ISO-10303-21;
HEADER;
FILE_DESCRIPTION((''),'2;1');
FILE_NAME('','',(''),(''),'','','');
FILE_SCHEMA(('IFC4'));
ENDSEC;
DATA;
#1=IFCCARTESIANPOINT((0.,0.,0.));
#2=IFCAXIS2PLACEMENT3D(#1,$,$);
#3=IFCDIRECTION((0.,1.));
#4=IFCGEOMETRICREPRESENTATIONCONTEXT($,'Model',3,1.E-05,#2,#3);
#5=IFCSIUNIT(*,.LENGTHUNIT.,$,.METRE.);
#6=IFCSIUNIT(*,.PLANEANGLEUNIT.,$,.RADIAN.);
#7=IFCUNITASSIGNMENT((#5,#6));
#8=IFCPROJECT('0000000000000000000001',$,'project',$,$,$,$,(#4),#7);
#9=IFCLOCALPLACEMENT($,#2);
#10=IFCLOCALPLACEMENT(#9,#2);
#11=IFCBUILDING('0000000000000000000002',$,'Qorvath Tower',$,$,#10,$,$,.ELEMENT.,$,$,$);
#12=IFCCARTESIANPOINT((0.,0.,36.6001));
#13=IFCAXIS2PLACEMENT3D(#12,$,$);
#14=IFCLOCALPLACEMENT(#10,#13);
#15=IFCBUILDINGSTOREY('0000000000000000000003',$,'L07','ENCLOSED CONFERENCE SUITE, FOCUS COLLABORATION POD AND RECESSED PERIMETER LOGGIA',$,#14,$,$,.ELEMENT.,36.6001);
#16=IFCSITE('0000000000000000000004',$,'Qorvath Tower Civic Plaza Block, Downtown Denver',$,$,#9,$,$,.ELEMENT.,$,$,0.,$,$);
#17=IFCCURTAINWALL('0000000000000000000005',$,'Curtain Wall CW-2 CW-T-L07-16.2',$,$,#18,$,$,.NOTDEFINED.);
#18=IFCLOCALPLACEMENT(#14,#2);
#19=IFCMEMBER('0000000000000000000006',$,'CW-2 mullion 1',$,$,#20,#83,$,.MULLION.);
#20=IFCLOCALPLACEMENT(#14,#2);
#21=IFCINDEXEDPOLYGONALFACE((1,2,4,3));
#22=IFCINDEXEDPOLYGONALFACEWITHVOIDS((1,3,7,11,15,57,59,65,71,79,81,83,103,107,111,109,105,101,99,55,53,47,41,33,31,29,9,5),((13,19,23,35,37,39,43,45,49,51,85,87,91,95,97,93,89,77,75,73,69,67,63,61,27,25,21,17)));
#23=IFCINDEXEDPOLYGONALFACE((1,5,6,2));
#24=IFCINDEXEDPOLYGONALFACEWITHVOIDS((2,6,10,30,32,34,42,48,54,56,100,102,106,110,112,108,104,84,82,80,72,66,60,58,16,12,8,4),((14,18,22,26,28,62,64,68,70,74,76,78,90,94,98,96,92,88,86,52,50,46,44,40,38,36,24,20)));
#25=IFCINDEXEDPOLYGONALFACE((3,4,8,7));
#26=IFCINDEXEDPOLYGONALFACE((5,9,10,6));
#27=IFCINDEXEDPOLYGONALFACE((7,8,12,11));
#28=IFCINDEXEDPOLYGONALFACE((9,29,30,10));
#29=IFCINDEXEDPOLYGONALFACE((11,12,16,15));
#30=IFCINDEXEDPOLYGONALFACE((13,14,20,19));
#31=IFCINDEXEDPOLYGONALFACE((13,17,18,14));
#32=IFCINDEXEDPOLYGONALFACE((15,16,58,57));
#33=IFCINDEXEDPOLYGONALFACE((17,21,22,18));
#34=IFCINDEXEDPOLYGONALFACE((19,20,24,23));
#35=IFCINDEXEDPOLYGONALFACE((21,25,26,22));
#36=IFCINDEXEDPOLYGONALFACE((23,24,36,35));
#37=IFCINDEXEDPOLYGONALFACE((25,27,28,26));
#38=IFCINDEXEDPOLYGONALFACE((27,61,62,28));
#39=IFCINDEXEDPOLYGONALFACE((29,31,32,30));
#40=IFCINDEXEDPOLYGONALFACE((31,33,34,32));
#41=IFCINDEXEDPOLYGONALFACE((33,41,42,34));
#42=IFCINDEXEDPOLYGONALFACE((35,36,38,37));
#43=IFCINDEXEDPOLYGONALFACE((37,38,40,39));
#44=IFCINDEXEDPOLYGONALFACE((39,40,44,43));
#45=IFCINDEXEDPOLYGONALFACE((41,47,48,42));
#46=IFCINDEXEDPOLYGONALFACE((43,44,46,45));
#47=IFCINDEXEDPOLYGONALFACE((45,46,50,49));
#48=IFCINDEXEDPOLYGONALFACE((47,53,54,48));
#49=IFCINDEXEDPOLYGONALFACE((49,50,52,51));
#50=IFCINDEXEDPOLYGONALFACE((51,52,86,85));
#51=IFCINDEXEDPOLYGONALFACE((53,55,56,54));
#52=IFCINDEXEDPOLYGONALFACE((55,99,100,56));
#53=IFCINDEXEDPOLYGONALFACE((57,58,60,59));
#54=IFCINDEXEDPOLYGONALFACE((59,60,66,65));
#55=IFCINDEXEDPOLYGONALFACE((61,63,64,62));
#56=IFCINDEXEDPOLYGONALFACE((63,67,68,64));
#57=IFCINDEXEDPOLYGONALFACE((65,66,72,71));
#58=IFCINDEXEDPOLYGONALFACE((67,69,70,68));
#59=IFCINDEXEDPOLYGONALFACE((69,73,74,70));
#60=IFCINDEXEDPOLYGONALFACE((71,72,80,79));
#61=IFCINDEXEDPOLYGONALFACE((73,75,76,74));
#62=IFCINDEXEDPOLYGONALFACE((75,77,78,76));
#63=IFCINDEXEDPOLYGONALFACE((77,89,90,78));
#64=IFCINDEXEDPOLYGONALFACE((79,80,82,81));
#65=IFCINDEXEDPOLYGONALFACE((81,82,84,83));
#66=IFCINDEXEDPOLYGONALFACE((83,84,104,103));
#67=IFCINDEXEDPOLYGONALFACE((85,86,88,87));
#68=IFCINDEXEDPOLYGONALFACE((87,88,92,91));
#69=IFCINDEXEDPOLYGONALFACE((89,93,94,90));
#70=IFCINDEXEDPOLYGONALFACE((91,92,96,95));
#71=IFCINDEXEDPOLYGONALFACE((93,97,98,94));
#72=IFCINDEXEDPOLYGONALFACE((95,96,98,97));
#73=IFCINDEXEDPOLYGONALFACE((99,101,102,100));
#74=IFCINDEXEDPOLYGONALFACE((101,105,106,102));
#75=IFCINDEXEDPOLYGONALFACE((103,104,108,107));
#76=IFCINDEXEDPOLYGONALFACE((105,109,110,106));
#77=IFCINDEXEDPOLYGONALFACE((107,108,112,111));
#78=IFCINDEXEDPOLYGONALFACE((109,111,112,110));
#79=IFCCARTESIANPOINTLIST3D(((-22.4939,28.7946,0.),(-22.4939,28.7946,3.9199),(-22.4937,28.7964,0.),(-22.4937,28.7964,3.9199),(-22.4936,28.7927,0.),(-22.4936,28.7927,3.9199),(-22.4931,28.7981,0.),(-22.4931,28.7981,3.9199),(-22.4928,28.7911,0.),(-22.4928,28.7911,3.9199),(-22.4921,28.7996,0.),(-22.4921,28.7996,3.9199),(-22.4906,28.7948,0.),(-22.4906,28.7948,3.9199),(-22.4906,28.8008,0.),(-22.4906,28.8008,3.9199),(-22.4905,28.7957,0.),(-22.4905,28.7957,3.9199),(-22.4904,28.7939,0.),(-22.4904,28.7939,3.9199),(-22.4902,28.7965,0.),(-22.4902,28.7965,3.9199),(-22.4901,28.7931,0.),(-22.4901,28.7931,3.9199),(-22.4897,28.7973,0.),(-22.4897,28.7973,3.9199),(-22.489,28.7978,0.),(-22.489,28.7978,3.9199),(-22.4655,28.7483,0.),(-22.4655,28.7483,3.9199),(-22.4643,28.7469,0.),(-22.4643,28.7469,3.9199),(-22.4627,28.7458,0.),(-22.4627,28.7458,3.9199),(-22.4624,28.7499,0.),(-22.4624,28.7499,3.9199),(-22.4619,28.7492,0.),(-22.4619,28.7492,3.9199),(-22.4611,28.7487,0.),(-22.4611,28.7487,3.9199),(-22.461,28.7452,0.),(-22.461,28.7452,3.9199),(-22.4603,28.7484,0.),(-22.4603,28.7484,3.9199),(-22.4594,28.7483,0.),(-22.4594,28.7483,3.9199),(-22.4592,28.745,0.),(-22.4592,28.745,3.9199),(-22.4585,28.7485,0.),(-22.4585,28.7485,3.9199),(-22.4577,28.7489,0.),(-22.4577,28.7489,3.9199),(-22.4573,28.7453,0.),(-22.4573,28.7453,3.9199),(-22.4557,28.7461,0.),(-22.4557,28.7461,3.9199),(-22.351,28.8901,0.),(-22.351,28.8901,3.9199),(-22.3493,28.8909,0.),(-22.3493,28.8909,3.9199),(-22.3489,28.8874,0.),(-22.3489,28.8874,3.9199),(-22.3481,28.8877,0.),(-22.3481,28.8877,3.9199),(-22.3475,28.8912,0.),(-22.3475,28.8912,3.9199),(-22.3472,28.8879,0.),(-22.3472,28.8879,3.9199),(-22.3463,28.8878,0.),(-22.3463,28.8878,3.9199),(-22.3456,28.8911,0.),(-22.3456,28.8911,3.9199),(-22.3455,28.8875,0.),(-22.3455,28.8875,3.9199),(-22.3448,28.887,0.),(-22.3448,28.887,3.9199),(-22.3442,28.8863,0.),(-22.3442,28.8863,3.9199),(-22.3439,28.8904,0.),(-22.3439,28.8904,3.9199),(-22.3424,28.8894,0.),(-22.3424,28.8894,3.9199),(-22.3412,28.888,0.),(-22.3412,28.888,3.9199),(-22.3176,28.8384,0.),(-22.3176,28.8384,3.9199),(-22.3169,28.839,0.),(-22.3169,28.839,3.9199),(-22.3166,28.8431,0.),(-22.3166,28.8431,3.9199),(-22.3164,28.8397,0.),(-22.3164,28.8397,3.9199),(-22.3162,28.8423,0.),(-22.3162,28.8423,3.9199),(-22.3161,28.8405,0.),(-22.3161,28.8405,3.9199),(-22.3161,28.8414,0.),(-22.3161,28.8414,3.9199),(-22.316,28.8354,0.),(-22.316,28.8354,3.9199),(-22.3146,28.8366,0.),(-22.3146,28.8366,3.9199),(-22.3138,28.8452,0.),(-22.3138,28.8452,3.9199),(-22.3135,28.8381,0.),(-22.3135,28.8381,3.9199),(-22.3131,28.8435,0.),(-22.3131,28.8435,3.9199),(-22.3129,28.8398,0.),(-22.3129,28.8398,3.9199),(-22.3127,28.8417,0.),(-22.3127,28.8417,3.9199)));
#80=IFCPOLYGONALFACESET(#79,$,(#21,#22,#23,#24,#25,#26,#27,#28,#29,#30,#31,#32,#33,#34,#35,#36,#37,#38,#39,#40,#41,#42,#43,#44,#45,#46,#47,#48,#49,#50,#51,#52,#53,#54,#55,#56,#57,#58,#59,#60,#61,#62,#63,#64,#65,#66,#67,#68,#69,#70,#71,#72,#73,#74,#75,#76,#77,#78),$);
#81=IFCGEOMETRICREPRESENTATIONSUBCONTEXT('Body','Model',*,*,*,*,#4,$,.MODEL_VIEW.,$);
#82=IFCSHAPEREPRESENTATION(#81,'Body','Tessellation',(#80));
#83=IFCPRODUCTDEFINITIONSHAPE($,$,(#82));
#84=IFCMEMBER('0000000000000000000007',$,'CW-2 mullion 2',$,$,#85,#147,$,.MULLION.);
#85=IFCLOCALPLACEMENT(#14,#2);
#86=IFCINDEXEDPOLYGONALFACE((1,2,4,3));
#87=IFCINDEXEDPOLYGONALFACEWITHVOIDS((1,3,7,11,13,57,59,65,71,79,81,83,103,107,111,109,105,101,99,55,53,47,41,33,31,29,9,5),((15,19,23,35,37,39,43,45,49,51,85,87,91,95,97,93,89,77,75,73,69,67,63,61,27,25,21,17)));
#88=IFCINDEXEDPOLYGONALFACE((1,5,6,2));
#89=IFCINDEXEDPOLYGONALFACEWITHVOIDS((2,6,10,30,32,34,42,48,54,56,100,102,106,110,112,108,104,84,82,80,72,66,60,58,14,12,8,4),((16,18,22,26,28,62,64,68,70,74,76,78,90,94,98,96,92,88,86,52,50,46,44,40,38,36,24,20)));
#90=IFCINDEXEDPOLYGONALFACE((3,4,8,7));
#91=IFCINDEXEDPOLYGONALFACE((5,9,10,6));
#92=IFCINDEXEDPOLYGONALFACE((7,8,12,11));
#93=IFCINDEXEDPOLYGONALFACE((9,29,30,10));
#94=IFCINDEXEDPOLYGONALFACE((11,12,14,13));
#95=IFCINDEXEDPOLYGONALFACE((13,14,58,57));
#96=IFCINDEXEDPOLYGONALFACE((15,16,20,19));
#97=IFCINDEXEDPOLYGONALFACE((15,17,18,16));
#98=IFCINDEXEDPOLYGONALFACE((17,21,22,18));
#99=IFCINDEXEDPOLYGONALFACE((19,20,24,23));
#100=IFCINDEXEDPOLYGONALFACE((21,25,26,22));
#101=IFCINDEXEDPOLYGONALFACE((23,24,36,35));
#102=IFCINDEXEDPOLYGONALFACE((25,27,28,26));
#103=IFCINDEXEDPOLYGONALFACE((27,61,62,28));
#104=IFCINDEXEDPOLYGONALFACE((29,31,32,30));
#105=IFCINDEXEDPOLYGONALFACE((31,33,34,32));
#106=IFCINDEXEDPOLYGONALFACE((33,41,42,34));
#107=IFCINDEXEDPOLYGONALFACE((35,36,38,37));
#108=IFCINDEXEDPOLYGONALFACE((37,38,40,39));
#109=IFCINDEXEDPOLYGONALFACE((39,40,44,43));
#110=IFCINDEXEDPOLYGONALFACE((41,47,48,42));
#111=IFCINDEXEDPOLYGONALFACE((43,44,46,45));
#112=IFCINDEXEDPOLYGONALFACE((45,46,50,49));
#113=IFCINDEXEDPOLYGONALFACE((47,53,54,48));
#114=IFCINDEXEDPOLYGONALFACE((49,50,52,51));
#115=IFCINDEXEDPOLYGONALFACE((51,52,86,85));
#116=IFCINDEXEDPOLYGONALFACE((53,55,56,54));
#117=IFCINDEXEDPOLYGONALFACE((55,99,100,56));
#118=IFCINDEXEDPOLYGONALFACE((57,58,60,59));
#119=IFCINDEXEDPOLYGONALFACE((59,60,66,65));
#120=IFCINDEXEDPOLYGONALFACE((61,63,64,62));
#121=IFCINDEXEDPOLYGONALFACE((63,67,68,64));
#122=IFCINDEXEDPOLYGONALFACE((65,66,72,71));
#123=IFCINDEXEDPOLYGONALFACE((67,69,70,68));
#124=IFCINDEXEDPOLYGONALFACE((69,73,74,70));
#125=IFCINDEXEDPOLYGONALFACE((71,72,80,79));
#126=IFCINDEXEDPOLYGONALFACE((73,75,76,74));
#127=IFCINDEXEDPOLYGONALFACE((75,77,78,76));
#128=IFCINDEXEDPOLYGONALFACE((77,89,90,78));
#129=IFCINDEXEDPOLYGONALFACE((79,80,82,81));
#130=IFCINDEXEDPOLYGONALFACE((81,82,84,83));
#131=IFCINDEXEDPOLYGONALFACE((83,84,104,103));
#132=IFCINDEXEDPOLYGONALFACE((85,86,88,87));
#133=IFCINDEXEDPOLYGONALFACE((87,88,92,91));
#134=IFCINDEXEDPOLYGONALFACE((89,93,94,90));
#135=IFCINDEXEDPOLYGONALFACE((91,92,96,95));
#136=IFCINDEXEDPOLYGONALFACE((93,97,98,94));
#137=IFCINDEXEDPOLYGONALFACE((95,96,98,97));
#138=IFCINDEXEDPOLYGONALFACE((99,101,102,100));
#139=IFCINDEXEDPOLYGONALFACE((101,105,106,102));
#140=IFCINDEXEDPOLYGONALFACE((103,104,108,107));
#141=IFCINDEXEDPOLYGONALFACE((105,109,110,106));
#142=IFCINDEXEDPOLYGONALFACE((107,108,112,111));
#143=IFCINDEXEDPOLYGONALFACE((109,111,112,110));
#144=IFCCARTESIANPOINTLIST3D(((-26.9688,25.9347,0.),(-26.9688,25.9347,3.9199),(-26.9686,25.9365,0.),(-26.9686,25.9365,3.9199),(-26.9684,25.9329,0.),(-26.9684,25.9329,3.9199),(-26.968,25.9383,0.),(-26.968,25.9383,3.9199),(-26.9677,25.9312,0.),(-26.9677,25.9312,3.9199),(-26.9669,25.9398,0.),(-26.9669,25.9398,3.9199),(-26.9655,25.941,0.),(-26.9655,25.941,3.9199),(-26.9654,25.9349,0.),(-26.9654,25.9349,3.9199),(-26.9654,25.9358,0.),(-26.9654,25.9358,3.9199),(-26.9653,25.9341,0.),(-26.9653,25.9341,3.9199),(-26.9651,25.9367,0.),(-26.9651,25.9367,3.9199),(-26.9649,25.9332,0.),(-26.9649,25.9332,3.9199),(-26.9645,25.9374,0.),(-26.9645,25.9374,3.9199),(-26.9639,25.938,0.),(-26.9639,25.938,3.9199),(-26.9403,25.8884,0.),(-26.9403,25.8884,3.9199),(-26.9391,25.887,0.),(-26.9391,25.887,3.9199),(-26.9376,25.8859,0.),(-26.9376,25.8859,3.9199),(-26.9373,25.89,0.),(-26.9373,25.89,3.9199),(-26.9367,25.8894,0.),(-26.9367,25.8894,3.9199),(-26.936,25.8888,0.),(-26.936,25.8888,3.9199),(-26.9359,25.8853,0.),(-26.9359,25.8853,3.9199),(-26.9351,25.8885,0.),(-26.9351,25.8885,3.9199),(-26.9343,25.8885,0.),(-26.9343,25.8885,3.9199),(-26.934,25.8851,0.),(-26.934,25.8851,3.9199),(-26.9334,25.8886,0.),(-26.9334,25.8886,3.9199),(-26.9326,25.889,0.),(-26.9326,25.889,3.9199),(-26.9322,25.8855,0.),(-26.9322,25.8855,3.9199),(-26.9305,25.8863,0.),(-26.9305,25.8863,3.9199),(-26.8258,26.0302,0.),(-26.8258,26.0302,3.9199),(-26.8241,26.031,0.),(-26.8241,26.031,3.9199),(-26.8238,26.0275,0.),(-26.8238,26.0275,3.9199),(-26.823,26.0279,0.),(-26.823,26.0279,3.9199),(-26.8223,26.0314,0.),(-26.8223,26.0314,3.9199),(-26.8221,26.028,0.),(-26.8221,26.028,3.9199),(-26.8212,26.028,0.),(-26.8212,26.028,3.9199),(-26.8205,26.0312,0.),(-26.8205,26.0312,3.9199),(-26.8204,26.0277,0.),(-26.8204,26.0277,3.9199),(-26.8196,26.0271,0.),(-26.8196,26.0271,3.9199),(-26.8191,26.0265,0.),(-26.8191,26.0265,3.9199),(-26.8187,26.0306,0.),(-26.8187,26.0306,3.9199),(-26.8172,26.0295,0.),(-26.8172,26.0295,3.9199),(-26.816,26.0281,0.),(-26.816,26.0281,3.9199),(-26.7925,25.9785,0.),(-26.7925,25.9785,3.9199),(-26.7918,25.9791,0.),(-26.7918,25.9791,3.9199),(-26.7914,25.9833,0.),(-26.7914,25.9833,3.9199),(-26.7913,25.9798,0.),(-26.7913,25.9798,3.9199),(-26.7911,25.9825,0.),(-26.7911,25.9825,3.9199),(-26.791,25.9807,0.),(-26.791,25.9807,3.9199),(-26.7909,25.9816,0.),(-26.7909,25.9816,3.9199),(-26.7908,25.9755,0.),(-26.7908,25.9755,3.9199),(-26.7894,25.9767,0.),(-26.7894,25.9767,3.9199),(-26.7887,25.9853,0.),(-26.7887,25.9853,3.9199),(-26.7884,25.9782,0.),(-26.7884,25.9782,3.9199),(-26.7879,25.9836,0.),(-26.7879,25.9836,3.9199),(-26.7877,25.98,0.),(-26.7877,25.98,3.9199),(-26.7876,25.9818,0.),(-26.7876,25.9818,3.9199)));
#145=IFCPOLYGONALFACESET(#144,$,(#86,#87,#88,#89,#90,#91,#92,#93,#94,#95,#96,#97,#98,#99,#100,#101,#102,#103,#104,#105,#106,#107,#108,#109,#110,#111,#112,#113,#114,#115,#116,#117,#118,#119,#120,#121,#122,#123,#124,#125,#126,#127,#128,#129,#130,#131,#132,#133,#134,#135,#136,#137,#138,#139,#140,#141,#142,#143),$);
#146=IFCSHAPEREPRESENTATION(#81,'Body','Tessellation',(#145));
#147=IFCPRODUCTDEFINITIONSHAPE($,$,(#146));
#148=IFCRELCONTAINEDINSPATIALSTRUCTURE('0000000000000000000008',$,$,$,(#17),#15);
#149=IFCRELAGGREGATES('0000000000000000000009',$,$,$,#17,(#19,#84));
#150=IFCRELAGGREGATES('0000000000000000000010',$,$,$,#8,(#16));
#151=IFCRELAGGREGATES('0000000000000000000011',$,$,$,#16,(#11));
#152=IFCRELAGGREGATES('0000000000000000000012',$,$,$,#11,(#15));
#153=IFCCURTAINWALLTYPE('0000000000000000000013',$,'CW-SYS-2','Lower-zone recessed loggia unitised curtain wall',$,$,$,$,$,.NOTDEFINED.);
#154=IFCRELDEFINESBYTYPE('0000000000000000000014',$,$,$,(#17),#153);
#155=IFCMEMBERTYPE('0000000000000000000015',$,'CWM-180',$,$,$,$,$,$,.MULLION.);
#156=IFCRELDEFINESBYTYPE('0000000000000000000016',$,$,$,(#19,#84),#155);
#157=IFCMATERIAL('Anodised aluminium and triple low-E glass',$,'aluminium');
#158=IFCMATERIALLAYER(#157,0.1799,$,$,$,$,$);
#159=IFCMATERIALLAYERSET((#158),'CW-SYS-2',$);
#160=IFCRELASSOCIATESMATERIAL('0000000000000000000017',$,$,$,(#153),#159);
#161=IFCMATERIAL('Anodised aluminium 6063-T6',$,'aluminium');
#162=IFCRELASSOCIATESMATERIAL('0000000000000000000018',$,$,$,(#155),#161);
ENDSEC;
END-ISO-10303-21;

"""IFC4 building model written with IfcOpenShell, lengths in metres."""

from ifc_helpers import new_model, si_unit, direction, frame, origin, origin_2d, place, context, subcontext, project, spatial, hollow_rectangle, extrude, material, layer, layer_set, material_profile, profile_set, type_object, element, aggregate, save


model = new_model("IFC4")

# Units and contexts
model_context = context("Model", 3, precision=1e-05, world=origin(), true_north=direction((0.0, 1.0)))
body_context = subcontext(model_context, "Body", "Model", "MODEL_VIEW")
ifc_project = project(units=[si_unit("LENGTHUNIT", "METRE"), si_unit("PLANEANGLEUNIT", "RADIAN")], contexts=[model_context])

# Site, building, storey
site_placement = place(None, origin())
site = spatial("IfcSite", under=ifc_project, at=site_placement, Name="Qorvath Tower Civic Plaza Block, Downtown Denver", CompositionType="ELEMENT", RefElevation=0.0)
building_placement = place(site_placement, origin())
building = spatial("IfcBuilding", under=site, at=building_placement, Name="Qorvath Tower", CompositionType="ELEMENT")
storey_placement = place(building_placement, frame((0.0, 0.0, 36.6001)))
storey = spatial("IfcBuildingStorey", under=building, at=storey_placement, Name="L07", Description="ENCLOSED CONFERENCE SUITE, FOCUS COLLABORATION POD AND RECESSED PERIMETER LOGGIA", CompositionType="ELEMENT", Elevation=36.6001)

# Shared definitions
ifc_material_1 = material(Name="Anodised aluminium and triple low-E glass", Category="aluminium")
ifc_layer_1 = layer(ifc_material_1, 0.1799)
ifc_layer_set_1 = layer_set([ifc_layer_1], Name="CW-SYS-2")
curtain_wall_type = type_object("IfcCurtainWallType", Name="CW-SYS-2", Description="Lower-zone recessed loggia unitised curtain wall", PredefinedType="NOTDEFINED", material=ifc_layer_set_1)
ifc_material_2 = material(Name="Anodised aluminium 6063-T6", Category="aluminium")
ifc_material_profile_1 = material_profile(ifc_material_2, hollow_rectangle(XDim=0.0649, YDim=0.1799, WallThickness=0.0034, InnerFilletRadius=0.0034, OuterFilletRadius=0.0071, at=origin_2d()), Name="CWM 180x65")
ifc_profile_set_1 = profile_set([ifc_material_profile_1], Name="Anodised aluminium 6063-T6")
member_type_1 = type_object("IfcMemberType", Name="CWM-180", PredefinedType="MULLION", material=ifc_profile_set_1)

# Curtain wall, members
curtain_wall_1_placement = place(storey_placement, origin())
curtain_wall_1 = element("IfcCurtainWall", 1, at=curtain_wall_1_placement, inside=storey, type_object=curtain_wall_type, Name="Curtain Wall CW-2 CW-T-L07-16.2", PredefinedType="NOTDEFINED")
member_1_placement = place(storey_placement, frame((-22.4033, 28.8181, 0.0), z_axis=(0.0, 0.0, 1.0), x_axis=(0.538535, -0.842603, 0.0)))
member_1 = element("IfcMember", 2, at=member_1_placement, type_object=member_type_1, Name="CW-2 mullion 1", PredefinedType="MULLION", context=body_context, shape_type="SweptSolid", body=[
    extrude(hollow_rectangle(XDim=0.0649, YDim=0.1799, WallThickness=0.0034, InnerFilletRadius=0.0034, OuterFilletRadius=0.0071, at=origin_2d()), origin(), (0.0, 0.0, 1.0), 3.9199),
])
member_2_placement = place(storey_placement, frame((-26.8782, 25.9583, 0.0), z_axis=(0.0, 0.0, 1.0), x_axis=(0.538535, -0.842603, 0.0)))
member_2 = element("IfcMember", 3, at=member_2_placement, type_object=member_type_1, Name="CW-2 mullion 2", PredefinedType="MULLION", context=body_context, shape_type="SweptSolid", body=[
    extrude(hollow_rectangle(XDim=0.0649, YDim=0.1799, WallThickness=0.0034, InnerFilletRadius=0.0034, OuterFilletRadius=0.0071, at=origin_2d()), origin(), (0.0, 0.0, 1.0), 3.9199),
])
aggregate(curtain_wall_1, [member_1, member_2])

save(model, "model.ifc")
